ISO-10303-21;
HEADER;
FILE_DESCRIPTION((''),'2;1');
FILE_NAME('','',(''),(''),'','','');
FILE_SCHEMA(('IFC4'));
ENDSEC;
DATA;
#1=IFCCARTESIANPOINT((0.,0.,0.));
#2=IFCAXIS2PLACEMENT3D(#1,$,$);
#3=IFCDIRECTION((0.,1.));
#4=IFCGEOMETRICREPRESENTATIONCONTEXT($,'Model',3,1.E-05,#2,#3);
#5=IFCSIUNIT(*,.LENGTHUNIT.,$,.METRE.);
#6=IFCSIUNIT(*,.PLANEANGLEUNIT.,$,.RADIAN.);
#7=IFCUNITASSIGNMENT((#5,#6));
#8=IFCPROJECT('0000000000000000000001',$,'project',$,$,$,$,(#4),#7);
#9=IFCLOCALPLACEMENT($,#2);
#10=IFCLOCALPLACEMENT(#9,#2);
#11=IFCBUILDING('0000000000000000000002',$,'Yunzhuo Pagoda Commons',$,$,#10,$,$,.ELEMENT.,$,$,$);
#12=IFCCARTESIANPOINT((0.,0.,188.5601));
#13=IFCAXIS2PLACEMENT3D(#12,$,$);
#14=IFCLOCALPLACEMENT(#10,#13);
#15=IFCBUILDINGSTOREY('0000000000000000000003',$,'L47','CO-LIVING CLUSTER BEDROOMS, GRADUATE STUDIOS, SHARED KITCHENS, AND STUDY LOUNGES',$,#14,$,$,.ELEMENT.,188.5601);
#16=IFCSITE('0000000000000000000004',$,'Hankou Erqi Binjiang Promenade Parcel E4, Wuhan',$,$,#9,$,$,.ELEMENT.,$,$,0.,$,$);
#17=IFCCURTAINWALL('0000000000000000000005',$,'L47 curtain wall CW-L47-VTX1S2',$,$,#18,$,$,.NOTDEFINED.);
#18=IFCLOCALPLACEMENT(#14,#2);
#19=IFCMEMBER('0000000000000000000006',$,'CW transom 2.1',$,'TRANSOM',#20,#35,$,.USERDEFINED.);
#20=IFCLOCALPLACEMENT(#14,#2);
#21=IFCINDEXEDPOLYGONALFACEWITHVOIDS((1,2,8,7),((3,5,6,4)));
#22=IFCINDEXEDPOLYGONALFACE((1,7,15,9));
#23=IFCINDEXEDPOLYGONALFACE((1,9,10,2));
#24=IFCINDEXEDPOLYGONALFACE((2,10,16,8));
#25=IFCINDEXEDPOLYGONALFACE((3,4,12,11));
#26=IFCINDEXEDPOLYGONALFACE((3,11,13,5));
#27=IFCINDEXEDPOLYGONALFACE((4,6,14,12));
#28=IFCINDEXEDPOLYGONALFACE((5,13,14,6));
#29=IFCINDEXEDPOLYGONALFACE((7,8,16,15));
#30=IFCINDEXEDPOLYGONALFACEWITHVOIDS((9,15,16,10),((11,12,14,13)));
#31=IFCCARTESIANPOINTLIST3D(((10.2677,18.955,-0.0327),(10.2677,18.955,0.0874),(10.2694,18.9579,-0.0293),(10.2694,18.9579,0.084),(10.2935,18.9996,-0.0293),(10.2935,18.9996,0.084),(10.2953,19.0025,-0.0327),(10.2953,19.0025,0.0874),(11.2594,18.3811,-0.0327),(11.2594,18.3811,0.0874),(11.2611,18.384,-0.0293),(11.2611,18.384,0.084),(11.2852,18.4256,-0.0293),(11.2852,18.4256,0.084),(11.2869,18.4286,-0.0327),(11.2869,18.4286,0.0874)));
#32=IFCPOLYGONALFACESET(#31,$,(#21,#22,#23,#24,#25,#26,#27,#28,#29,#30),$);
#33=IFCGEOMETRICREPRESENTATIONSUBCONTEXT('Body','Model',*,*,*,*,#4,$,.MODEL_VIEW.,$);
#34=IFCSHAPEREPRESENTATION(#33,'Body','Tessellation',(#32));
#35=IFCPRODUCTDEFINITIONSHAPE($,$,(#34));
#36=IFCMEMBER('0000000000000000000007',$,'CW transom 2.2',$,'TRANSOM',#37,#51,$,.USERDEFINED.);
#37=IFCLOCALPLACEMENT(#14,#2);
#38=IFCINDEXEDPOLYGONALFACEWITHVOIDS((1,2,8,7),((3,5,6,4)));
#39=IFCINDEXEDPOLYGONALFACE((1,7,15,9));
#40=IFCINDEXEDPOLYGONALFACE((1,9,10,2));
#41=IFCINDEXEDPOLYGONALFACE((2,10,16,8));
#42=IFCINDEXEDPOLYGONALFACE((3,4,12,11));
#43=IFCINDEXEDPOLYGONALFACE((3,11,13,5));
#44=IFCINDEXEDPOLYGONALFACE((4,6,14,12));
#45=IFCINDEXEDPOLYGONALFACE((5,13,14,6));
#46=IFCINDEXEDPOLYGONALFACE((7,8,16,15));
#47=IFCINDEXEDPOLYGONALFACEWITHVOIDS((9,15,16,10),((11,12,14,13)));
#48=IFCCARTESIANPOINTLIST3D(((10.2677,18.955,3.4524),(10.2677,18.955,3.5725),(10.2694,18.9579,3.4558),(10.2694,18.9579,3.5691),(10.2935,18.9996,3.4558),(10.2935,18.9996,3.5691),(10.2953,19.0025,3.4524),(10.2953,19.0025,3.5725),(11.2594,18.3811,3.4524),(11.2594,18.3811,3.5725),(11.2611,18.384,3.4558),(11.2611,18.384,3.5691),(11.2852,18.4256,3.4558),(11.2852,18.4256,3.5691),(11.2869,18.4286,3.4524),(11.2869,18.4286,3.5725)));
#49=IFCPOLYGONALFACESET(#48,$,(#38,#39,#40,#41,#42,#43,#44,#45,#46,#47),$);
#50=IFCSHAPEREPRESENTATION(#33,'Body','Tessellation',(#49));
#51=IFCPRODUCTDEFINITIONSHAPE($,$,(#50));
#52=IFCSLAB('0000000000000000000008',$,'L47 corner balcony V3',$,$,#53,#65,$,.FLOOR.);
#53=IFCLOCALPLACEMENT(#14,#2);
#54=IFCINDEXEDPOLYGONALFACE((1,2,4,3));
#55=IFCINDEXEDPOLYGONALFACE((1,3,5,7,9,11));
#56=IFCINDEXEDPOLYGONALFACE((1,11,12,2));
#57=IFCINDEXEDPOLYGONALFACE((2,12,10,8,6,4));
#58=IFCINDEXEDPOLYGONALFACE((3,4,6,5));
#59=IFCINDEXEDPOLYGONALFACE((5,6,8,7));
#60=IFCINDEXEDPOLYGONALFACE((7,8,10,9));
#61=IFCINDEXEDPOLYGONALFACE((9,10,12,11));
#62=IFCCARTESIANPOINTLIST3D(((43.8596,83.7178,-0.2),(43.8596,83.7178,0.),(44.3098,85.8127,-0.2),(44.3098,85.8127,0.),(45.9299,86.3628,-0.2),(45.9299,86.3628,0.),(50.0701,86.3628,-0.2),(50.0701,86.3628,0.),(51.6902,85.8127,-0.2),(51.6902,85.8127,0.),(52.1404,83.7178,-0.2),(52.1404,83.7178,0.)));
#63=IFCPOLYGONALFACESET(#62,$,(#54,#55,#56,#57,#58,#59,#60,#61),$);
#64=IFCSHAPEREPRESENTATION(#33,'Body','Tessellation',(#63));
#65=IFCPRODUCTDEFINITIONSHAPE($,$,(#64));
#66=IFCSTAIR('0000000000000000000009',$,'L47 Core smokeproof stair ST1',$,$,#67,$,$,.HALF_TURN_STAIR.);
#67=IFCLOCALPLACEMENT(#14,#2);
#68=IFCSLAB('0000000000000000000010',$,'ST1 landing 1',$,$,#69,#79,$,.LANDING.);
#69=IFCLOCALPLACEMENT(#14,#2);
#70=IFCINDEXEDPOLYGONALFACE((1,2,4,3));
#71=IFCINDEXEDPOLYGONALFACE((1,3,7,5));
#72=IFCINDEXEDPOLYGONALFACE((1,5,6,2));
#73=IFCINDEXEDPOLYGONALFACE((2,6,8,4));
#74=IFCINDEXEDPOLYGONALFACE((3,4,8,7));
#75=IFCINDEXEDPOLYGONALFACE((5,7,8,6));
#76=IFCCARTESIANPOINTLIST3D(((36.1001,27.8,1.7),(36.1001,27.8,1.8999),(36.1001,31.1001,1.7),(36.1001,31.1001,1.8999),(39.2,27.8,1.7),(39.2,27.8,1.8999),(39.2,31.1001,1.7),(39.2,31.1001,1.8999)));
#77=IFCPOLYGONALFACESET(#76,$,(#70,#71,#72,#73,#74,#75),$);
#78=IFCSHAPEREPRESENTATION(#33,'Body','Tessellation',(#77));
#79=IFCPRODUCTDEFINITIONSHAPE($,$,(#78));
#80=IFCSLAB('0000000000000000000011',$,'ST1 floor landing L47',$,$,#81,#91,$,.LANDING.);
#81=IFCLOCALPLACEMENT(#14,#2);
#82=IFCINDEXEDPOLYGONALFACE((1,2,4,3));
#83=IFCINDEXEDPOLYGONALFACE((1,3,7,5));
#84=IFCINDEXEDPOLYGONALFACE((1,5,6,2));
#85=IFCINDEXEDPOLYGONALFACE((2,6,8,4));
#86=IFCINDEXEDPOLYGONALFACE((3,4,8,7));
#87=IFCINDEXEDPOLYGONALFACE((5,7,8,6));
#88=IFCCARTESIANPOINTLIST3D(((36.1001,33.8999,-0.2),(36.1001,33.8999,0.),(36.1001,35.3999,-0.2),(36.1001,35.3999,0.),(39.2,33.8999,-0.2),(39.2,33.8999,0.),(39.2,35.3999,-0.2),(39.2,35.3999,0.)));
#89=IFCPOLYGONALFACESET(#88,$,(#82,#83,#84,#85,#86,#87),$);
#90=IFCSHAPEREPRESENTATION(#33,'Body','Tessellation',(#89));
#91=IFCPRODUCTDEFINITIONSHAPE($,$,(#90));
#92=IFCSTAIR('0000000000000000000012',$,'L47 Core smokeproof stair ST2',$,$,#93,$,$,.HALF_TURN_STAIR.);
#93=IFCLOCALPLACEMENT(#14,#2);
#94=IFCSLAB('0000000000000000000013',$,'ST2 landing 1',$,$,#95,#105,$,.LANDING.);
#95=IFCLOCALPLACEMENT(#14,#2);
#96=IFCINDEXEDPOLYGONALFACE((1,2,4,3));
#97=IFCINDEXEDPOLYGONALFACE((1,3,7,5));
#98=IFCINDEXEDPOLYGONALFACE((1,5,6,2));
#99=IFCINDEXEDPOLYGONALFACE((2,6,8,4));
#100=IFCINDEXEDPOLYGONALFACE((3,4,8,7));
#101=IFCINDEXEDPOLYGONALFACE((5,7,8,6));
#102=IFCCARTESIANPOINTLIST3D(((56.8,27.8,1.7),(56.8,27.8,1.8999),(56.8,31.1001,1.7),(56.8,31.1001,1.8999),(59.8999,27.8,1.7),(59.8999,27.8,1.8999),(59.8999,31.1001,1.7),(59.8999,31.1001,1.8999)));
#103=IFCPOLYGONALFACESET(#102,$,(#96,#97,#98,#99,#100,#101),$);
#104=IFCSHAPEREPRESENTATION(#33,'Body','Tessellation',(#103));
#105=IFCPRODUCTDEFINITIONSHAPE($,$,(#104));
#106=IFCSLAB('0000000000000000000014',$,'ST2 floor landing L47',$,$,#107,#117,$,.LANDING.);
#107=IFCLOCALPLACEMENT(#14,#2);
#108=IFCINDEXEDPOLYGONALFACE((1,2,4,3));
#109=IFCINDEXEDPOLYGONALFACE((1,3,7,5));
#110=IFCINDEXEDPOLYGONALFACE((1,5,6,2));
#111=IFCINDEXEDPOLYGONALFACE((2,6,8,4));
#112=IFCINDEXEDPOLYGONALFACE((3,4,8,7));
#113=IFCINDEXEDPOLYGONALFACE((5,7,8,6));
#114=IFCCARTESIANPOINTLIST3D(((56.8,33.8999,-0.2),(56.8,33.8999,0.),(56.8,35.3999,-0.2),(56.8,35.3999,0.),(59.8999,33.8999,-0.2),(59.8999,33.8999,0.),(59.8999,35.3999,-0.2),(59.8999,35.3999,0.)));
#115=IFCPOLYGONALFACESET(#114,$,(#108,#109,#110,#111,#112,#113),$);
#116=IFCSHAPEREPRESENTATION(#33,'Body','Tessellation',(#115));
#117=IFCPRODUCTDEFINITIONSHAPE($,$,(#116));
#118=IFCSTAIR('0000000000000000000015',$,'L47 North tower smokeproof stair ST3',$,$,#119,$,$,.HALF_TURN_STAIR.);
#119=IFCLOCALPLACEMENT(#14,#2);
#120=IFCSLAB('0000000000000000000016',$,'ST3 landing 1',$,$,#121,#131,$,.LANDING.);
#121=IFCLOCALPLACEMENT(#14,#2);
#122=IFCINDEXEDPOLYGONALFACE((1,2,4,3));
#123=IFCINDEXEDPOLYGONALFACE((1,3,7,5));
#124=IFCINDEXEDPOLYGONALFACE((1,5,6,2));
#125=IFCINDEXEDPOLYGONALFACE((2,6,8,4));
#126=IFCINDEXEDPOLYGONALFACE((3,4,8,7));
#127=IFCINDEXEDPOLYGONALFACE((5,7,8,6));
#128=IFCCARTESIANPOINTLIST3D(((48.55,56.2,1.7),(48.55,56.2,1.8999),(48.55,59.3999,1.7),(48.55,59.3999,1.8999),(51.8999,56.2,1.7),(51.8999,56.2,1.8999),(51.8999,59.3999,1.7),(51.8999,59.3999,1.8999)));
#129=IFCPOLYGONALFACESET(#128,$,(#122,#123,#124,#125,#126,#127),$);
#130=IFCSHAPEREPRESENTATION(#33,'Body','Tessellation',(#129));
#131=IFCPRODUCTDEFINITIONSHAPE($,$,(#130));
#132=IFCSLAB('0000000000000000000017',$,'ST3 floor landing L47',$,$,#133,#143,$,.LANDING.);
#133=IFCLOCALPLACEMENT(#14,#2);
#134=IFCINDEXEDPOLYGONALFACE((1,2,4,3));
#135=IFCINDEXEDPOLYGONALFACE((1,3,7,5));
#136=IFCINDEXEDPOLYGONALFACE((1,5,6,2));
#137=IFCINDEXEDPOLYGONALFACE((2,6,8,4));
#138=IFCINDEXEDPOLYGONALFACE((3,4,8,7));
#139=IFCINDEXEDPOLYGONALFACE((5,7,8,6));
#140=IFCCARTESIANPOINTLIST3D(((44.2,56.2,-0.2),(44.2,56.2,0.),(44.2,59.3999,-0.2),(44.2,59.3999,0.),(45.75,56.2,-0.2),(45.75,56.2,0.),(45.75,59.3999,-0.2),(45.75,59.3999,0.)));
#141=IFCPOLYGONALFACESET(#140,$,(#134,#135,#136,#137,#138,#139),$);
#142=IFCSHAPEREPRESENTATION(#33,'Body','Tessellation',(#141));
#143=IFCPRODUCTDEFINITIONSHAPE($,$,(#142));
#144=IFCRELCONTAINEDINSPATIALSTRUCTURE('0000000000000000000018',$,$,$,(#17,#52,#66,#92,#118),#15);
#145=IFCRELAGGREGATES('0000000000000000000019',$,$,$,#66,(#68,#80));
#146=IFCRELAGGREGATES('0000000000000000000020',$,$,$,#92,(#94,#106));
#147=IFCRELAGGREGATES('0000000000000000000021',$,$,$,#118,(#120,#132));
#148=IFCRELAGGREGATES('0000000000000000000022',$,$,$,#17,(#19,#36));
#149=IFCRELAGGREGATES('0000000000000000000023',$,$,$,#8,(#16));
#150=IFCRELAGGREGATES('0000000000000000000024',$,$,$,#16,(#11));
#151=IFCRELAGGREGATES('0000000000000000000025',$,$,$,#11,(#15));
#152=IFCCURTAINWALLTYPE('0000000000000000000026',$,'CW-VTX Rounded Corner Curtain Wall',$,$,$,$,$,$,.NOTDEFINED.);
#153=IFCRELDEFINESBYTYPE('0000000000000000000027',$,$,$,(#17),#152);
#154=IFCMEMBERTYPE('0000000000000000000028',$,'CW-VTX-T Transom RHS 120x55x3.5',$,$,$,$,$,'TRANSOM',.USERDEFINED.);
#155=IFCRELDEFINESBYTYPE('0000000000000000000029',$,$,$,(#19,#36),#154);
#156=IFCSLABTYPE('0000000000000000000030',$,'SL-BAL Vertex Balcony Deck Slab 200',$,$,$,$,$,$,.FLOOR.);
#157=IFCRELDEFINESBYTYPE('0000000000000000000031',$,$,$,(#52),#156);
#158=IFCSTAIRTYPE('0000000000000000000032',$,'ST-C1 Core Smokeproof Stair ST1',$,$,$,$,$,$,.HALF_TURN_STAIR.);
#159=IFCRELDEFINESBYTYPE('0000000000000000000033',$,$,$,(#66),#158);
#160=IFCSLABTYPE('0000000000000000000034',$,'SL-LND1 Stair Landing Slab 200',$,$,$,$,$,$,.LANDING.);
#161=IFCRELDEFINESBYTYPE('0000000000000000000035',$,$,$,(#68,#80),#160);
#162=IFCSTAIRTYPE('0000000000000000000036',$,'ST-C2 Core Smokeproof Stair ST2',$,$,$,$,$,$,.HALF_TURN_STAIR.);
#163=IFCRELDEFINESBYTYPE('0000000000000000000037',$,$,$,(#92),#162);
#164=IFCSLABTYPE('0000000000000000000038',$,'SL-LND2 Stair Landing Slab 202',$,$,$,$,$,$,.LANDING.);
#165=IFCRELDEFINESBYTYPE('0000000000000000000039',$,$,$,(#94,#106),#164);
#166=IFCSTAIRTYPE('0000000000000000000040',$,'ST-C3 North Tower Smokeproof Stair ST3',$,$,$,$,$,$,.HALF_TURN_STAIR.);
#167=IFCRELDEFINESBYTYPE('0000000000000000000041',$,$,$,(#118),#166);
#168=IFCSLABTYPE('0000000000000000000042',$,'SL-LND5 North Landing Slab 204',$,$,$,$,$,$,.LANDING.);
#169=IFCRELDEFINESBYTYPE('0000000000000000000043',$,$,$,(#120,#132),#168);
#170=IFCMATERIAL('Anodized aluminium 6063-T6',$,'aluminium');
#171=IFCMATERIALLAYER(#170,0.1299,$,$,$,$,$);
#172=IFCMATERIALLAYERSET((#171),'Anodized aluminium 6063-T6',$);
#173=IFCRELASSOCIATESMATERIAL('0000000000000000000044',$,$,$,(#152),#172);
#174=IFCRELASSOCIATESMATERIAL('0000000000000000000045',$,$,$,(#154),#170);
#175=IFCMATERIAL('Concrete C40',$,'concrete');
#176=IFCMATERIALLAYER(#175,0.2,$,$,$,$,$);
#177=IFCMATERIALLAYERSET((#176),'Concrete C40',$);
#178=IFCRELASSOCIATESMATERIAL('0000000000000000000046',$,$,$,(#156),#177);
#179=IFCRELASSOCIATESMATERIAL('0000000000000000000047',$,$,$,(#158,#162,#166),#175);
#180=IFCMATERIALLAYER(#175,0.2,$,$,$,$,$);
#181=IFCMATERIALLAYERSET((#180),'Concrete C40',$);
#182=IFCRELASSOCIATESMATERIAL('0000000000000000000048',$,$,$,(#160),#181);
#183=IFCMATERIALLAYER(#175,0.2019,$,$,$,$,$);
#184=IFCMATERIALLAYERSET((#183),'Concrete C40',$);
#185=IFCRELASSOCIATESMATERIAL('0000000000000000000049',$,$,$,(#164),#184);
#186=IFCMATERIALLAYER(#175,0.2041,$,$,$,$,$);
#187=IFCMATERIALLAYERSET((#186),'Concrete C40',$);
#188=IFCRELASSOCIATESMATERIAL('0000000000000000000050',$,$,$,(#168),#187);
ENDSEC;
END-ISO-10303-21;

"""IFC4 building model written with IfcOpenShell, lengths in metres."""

from ifc_helpers import new_model, si_unit, direction, frame, origin, origin_2d, place, context, subcontext, project, spatial, polyline, hollow_rectangle, outline, extrude, source, transform, mapped, material, layer, layer_set, material_profile, profile_set, type_object, element, aggregate, save


model = new_model("IFC4")

# Units and contexts
model_context = context("Model", 3, precision=1e-05, world=origin(), true_north=direction((0.0, 1.0)))
body_context = subcontext(model_context, "Body", "Model", "MODEL_VIEW")
ifc_project = project(units=[si_unit("LENGTHUNIT", "METRE"), si_unit("PLANEANGLEUNIT", "RADIAN")], contexts=[model_context])

# Site, building, storey
site_placement = place(None, origin())
site = spatial("IfcSite", under=ifc_project, at=site_placement, Name="Hankou Erqi Binjiang Promenade Parcel E4, Wuhan", CompositionType="ELEMENT", RefElevation=0.0)
building_placement = place(site_placement, origin())
building = spatial("IfcBuilding", under=site, at=building_placement, Name="Yunzhuo Pagoda Commons", CompositionType="ELEMENT")
storey_placement = place(building_placement, frame((0.0, 0.0, 188.5601)))
storey = spatial("IfcBuildingStorey", under=building, at=storey_placement, Name="L47", Description="CO-LIVING CLUSTER BEDROOMS, GRADUATE STUDIOS, SHARED KITCHENS, AND STUDY LOUNGES", CompositionType="ELEMENT", Elevation=188.5601)

# Curtain wall
ifc_material_1 = material(Name="Anodized aluminium 6063-T6", Category="aluminium")
ifc_layer_1 = layer(ifc_material_1, 0.1299)
ifc_layer_set_1 = layer_set([ifc_layer_1], Name="Anodized aluminium 6063-T6")
curtain_wall_type_1 = type_object("IfcCurtainWallType", Name="CW-VTX Rounded Corner Curtain Wall", PredefinedType="NOTDEFINED", material=ifc_layer_set_1)
curtain_wall_1_placement = place(storey_placement, origin())
curtain_wall_1 = element("IfcCurtainWall", 1, at=curtain_wall_1_placement, inside=storey, type_object=curtain_wall_type_1, Name="L47 curtain wall CW-L47-VTX1S2", PredefinedType="NOTDEFINED")

# Members
ifc_material_profile_1 = material_profile(ifc_material_1, hollow_rectangle(XDim=0.0549, YDim=0.1201, WallThickness=0.0034, at=origin_2d()), Name="Anodized aluminium 6063-T6")
ifc_profile_set_1 = profile_set([ifc_material_profile_1], Name="Anodized aluminium 6063-T6")
member_type_1 = type_object("IfcMemberType", Name="CW-VTX-T Transom RHS 120x55x3.5", ElementType="TRANSOM", PredefinedType="USERDEFINED", material=ifc_profile_set_1)
shared_shape_1 = source(origin(), body_context, "Body", "SweptSolid", [
    extrude(hollow_rectangle(XDim=0.0549, YDim=0.1201, WallThickness=0.0034, at=origin_2d()), origin(), (0.0, 0.0, 1.0), 1.1458),
])
member_1_placement = place(storey_placement, frame((10.2815, 18.9788, 0.0273), z_axis=(0.865489, -0.500927, 0.0), x_axis=(0.500927, 0.865489, 0.0)))
member_1 = element("IfcMember", 2, at=member_1_placement, type_object=member_type_1, Name="CW transom 2.1", ObjectType="TRANSOM", PredefinedType="USERDEFINED", context=body_context, shape_type="MappedRepresentation", body=[
    mapped(shared_shape_1, transform((0.0, 0.0, 0.0), scale=1.0)),
])
member_2_placement = place(storey_placement, frame((10.2815, 18.9788, 3.5125), z_axis=(0.865489, -0.500927, 0.0), x_axis=(0.500927, 0.865489, 0.0)))
member_2 = element("IfcMember", 3, at=member_2_placement, type_object=member_type_1, Name="CW transom 2.2", ObjectType="TRANSOM", PredefinedType="USERDEFINED", context=body_context, shape_type="MappedRepresentation", body=[
    mapped(shared_shape_1, transform((0.0, 0.0, 0.0), scale=1.0)),
])

# Slab
ifc_material_2 = material(Name="Concrete C40", Category="concrete")
ifc_layer_2 = layer(ifc_material_2, 0.2)
ifc_layer_set_2 = layer_set([ifc_layer_2], Name="Concrete C40")
slab_type_1 = type_object("IfcSlabType", Name="SL-BAL Vertex Balcony Deck Slab 200", PredefinedType="FLOOR", material=ifc_layer_set_2)
slab_1_placement = place(storey_placement, frame((0.0, 0.0, -0.2)))
element("IfcSlab", 4, at=slab_1_placement, inside=storey, type_object=slab_type_1, Name="L47 corner balcony V3", PredefinedType="FLOOR", context=body_context, shape_type="SweptSolid", body=[
    extrude(outline(polyline([(52.1404, 83.7178), (43.8596, 83.7178), (44.3098, 85.8127), (45.9299, 86.3628), (50.0701, 86.3628), (51.6902, 85.8127), (52.1404, 83.7178)])), origin(), (0.0, 0.0, 1.0), 0.2),
])

# Stairs, slabs
stair_type_1 = type_object("IfcStairType", Name="ST-C1 Core Smokeproof Stair ST1", PredefinedType="HALF_TURN_STAIR", material=ifc_material_2)
stair_1_placement = place(storey_placement, origin())
stair_1 = element("IfcStair", 5, at=stair_1_placement, inside=storey, type_object=stair_type_1, Name="L47 Core smokeproof stair ST1", PredefinedType="HALF_TURN_STAIR")
ifc_layer_3 = layer(ifc_material_2, 0.2)
ifc_layer_set_3 = layer_set([ifc_layer_3], Name="Concrete C40")
slab_type_2 = type_object("IfcSlabType", Name="SL-LND1 Stair Landing Slab 200", PredefinedType="LANDING", material=ifc_layer_set_3)
slab_2_placement = place(storey_placement, frame((0.0, 0.0, 1.7)))
slab_2 = element("IfcSlab", 6, at=slab_2_placement, type_object=slab_type_2, Name="ST1 landing 1", PredefinedType="LANDING", context=body_context, shape_type="SweptSolid", body=[
    extrude(outline(polyline([(36.1001, 31.1001), (36.1001, 27.8), (39.2, 27.8), (39.2, 31.1001), (36.1001, 31.1001)])), origin(), (0.0, 0.0, 1.0), 0.2),
])
slab_3_placement = place(storey_placement, frame((0.0, 0.0, -0.2)))
slab_3 = element("IfcSlab", 7, at=slab_3_placement, type_object=slab_type_2, Name="ST1 floor landing L47", PredefinedType="LANDING", context=body_context, shape_type="SweptSolid", body=[
    extrude(outline(polyline([(36.1001, 35.3999), (36.1001, 33.8999), (39.2, 33.8999), (39.2, 35.3999), (36.1001, 35.3999)])), origin(), (0.0, 0.0, 1.0), 0.2),
])
aggregate(stair_1, [slab_2, slab_3])
stair_type_2 = type_object("IfcStairType", Name="ST-C2 Core Smokeproof Stair ST2", PredefinedType="HALF_TURN_STAIR", material=ifc_material_2)
stair_2_placement = place(storey_placement, origin())
stair_2 = element("IfcStair", 8, at=stair_2_placement, inside=storey, type_object=stair_type_2, Name="L47 Core smokeproof stair ST2", PredefinedType="HALF_TURN_STAIR")
ifc_layer_4 = layer(ifc_material_2, 0.2019)
ifc_layer_set_4 = layer_set([ifc_layer_4], Name="Concrete C40")
slab_type_3 = type_object("IfcSlabType", Name="SL-LND2 Stair Landing Slab 202", PredefinedType="LANDING", material=ifc_layer_set_4)
slab_4_placement = place(storey_placement, frame((0.0, 0.0, 1.7)))
slab_4 = element("IfcSlab", 9, at=slab_4_placement, type_object=slab_type_3, Name="ST2 landing 1", PredefinedType="LANDING", context=body_context, shape_type="SweptSolid", body=[
    extrude(outline(polyline([(56.8, 31.1001), (56.8, 27.8), (59.8999, 27.8), (59.8999, 31.1001), (56.8, 31.1001)])), origin(), (0.0, 0.0, 1.0), 0.2),
])
slab_5_placement = place(storey_placement, frame((0.0, 0.0, -0.2)))
slab_5 = element("IfcSlab", 10, at=slab_5_placement, type_object=slab_type_3, Name="ST2 floor landing L47", PredefinedType="LANDING", context=body_context, shape_type="SweptSolid", body=[
    extrude(outline(polyline([(56.8, 35.3999), (56.8, 33.8999), (59.8999, 33.8999), (59.8999, 35.3999), (56.8, 35.3999)])), origin(), (0.0, 0.0, 1.0), 0.2),
])
aggregate(stair_2, [slab_4, slab_5])
stair_type_3 = type_object("IfcStairType", Name="ST-C3 North Tower Smokeproof Stair ST3", PredefinedType="HALF_TURN_STAIR", material=ifc_material_2)
stair_3_placement = place(storey_placement, origin())
stair_3 = element("IfcStair", 11, at=stair_3_placement, inside=storey, type_object=stair_type_3, Name="L47 North tower smokeproof stair ST3", PredefinedType="HALF_TURN_STAIR")
ifc_layer_5 = layer(ifc_material_2, 0.2041)
ifc_layer_set_5 = layer_set([ifc_layer_5], Name="Concrete C40")
slab_type_4 = type_object("IfcSlabType", Name="SL-LND5 North Landing Slab 204", PredefinedType="LANDING", material=ifc_layer_set_5)
slab_6_placement = place(storey_placement, frame((0.0, 0.0, 1.7)))
slab_6 = element("IfcSlab", 12, at=slab_6_placement, type_object=slab_type_4, Name="ST3 landing 1", PredefinedType="LANDING", context=body_context, shape_type="SweptSolid", body=[
    extrude(outline(polyline([(48.55, 56.2), (51.8999, 56.2), (51.8999, 59.3999), (48.55, 59.3999), (48.55, 56.2)])), origin(), (0.0, 0.0, 1.0), 0.2),
])
slab_7_placement = place(storey_placement, frame((0.0, 0.0, -0.2)))
slab_7 = element("IfcSlab", 13, at=slab_7_placement, type_object=slab_type_4, Name="ST3 floor landing L47", PredefinedType="LANDING", context=body_context, shape_type="SweptSolid", body=[
    extrude(outline(polyline([(44.2, 56.2), (45.75, 56.2), (45.75, 59.3999), (44.2, 59.3999), (44.2, 56.2)])), origin(), (0.0, 0.0, 1.0), 0.2),
])
aggregate(stair_3, [slab_6, slab_7])

aggregate(curtain_wall_1, [member_1, member_2])

save(model, "model.ifc")
